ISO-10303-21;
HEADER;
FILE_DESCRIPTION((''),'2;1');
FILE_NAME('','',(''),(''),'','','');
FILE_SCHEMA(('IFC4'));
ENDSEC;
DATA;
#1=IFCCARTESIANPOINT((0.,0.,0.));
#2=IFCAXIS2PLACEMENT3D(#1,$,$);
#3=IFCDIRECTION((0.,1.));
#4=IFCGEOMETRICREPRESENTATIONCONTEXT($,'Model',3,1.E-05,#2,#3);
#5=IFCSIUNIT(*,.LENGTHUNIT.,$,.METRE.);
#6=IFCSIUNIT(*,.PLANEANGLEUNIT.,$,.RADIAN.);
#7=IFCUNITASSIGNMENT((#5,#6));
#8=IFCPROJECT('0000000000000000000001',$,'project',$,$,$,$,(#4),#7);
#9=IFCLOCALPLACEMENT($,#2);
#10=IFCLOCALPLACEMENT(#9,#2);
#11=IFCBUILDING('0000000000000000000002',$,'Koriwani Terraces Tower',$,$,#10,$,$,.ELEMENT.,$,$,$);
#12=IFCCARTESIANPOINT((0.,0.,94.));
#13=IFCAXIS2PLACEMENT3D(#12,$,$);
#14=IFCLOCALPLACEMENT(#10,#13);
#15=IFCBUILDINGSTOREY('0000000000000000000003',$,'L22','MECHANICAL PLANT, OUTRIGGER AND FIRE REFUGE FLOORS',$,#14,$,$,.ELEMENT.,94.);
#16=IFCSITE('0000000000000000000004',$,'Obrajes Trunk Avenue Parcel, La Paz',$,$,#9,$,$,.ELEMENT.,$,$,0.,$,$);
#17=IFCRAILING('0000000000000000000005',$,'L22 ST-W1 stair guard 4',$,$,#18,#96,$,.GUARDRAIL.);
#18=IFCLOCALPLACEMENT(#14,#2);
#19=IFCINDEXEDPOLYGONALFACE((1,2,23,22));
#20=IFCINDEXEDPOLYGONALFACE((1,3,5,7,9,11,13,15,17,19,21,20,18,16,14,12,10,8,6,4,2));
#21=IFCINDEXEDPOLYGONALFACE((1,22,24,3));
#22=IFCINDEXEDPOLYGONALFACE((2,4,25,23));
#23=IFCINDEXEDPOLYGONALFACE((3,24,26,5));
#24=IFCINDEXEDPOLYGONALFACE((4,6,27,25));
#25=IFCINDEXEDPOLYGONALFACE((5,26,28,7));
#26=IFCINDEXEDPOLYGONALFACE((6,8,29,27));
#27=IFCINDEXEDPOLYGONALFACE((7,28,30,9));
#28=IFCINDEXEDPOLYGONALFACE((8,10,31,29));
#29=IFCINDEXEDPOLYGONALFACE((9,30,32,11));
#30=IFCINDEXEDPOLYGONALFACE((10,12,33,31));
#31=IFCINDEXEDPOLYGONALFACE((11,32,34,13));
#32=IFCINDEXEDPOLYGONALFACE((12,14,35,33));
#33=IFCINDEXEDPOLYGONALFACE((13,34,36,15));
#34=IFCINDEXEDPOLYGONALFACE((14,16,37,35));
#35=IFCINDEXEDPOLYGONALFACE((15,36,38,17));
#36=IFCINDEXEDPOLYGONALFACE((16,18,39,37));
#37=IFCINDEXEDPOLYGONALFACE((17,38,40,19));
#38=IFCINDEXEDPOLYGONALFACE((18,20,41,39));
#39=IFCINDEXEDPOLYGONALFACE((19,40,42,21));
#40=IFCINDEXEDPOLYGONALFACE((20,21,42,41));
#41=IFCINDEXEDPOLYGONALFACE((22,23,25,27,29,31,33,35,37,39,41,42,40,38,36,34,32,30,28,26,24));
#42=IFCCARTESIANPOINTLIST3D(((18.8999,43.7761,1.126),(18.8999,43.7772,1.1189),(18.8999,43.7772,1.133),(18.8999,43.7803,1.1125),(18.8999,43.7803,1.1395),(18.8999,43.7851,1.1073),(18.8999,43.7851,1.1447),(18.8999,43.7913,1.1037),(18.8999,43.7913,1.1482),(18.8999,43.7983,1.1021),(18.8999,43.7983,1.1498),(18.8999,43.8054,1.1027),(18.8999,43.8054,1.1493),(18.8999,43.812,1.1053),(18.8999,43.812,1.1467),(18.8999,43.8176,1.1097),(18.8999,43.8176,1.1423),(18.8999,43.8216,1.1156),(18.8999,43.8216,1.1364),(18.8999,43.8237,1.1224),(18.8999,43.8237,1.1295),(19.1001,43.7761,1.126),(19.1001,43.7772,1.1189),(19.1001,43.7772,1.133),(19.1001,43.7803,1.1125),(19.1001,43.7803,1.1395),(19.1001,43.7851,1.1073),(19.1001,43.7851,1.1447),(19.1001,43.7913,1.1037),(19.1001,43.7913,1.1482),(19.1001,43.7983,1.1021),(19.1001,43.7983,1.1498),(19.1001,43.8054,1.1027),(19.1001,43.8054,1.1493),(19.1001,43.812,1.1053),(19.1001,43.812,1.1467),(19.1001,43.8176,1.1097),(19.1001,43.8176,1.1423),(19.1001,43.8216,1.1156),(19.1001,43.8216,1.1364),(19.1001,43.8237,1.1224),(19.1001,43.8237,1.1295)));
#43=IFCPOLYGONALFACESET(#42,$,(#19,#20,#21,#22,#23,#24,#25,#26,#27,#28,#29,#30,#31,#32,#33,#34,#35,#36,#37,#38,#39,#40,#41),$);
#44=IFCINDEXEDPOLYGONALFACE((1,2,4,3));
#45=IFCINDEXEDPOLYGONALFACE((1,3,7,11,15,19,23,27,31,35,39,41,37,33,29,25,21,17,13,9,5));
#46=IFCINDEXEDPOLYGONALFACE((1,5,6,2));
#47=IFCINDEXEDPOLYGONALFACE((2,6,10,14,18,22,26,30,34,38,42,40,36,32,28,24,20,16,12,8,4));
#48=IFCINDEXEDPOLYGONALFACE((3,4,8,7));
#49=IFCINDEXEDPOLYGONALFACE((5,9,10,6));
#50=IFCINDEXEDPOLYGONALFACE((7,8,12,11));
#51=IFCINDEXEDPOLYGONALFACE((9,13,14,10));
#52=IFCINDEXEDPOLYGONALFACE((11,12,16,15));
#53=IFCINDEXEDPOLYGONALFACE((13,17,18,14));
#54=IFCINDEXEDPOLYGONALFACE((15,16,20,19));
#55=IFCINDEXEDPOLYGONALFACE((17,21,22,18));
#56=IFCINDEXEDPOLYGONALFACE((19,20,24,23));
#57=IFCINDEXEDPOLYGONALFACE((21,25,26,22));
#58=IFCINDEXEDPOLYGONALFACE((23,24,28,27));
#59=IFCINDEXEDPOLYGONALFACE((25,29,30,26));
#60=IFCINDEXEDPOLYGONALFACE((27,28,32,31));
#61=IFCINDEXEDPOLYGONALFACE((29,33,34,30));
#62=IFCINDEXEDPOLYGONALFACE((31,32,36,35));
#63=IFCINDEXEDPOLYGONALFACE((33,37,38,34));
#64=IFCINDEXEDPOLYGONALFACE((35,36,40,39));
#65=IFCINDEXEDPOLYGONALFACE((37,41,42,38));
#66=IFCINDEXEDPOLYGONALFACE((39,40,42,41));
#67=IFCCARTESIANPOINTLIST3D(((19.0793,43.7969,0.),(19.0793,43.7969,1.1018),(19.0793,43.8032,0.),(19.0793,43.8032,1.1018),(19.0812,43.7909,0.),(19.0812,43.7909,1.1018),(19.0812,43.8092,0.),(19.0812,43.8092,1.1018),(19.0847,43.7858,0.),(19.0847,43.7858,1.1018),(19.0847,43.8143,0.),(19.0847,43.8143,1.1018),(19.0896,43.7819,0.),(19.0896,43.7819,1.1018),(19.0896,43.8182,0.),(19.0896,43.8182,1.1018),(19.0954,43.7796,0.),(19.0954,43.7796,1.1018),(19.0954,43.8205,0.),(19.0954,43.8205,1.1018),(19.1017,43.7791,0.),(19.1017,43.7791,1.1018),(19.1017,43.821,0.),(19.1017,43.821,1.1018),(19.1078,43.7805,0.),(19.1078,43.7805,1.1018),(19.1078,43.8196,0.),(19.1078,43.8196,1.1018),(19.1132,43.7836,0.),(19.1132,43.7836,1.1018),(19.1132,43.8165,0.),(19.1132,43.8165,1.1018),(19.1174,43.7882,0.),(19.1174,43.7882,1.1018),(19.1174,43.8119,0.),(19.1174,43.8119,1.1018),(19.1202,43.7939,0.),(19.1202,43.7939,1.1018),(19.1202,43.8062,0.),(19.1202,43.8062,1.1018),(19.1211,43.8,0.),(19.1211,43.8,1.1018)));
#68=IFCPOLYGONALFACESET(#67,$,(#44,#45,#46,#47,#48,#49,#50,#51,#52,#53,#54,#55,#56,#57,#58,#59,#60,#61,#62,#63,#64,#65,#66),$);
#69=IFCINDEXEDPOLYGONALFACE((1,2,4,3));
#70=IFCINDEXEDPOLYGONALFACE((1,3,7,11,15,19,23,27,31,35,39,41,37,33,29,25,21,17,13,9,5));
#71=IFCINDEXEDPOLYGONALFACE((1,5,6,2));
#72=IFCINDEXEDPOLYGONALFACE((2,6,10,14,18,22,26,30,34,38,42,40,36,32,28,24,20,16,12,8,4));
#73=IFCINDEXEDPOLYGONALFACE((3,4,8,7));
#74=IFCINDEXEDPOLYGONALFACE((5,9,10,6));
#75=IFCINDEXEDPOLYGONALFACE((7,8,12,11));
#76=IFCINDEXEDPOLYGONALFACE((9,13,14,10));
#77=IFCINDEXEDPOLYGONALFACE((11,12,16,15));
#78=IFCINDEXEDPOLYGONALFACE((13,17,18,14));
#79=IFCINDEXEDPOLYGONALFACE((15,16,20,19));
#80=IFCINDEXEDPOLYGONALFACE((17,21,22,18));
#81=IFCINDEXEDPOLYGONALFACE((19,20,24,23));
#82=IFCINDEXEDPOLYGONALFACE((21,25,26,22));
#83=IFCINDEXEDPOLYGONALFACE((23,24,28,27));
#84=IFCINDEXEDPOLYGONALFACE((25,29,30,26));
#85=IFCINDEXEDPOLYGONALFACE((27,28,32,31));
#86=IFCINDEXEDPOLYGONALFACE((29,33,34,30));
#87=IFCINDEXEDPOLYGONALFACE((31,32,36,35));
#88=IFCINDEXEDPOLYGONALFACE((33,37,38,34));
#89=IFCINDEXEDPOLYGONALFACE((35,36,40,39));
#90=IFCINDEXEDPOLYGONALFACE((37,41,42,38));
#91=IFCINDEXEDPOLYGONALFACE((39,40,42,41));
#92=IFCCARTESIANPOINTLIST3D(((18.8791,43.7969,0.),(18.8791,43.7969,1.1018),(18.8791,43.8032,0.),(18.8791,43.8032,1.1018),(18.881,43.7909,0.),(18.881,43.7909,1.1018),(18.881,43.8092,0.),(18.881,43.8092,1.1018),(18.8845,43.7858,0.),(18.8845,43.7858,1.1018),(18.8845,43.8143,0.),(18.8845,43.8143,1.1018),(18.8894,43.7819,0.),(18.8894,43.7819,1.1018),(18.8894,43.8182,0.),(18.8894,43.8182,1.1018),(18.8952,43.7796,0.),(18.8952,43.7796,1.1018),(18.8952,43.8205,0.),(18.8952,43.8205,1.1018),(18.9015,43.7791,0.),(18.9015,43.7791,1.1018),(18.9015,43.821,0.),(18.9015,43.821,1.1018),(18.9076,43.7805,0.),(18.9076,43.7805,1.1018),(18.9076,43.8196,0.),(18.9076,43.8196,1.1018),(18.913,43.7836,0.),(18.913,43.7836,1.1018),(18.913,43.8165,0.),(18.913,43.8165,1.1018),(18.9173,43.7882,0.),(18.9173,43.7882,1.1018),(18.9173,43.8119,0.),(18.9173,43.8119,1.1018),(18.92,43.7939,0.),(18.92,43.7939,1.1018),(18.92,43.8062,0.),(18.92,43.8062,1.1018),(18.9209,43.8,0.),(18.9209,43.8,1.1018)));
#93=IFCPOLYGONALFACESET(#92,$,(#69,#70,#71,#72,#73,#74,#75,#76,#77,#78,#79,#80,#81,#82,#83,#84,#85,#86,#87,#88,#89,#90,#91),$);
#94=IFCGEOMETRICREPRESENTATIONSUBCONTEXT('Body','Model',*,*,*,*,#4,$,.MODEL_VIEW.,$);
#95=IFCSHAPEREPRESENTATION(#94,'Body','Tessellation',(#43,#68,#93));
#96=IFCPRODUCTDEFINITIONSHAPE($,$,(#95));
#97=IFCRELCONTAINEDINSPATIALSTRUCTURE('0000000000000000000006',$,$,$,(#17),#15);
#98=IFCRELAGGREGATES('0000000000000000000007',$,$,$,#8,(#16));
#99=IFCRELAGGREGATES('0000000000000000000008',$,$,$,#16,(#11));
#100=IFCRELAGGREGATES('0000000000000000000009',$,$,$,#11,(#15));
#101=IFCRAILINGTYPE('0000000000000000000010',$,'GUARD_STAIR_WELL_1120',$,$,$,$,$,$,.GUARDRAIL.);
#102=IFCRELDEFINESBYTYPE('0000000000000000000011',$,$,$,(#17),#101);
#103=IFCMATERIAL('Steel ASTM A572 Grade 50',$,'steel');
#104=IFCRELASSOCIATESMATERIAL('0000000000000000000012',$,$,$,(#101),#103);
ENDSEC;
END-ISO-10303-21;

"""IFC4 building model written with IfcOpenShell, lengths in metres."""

from ifc_helpers import new_model, si_unit, direction, frame, origin, origin_2d, place, context, subcontext, project, spatial, circle, extrude, material, type_object, element, save


model = new_model("IFC4")

# Units and contexts
model_context = context("Model", 3, precision=1e-05, world=origin(), true_north=direction((0.0, 1.0)))
body_context = subcontext(model_context, "Body", "Model", "MODEL_VIEW")
ifc_project = project(units=[si_unit("LENGTHUNIT", "METRE"), si_unit("PLANEANGLEUNIT", "RADIAN")], contexts=[model_context])

# Site, building, storey
site_placement = place(None, origin())
site = spatial("IfcSite", under=ifc_project, at=site_placement, Name="Obrajes Trunk Avenue Parcel, La Paz", CompositionType="ELEMENT", RefElevation=0.0)
building_placement = place(site_placement, origin())
building = spatial("IfcBuilding", under=site, at=building_placement, Name="Koriwani Terraces Tower", CompositionType="ELEMENT")
storey_placement = place(building_placement, frame((0.0, 0.0, 94.0)))
storey = spatial("IfcBuildingStorey", under=building, at=storey_placement, Name="L22", Description="MECHANICAL PLANT, OUTRIGGER AND FIRE REFUGE FLOORS", CompositionType="ELEMENT", Elevation=94.0)

# Shared definitions
ifc_material_1 = material(Name="Steel ASTM A572 Grade 50", Category="steel")

# Railing
railing_type_1 = type_object("IfcRailingType", Name="GUARD_STAIR_WELL_1120", PredefinedType="GUARDRAIL", material=ifc_material_1)
railing_1_placement = place(storey_placement, frame((19.1001, 43.8, 0.0)))
element("IfcRailing", 1, at=railing_1_placement, inside=storey, type_object=railing_type_1, Name="L22 ST-W1 stair guard 4", PredefinedType="GUARDRAIL", context=body_context, shape_type="SweptSolid", body=[
    extrude(circle(Radius=0.0239, at=origin_2d()), frame((0.0, 0.0, 1.126), z_axis=(-1.0, 0.0, 0.0), x_axis=(0.0, -1.0, 0.0)), (0.0, 0.0, 1.0), 0.2002),
    extrude(circle(Radius=0.021, at=origin_2d()), origin(), (0.0, 0.0, 1.0), 1.1018),
    extrude(circle(Radius=0.021, at=origin_2d()), frame((-0.2002, 0.0, 0.0)), (0.0, 0.0, 1.0), 1.1018),
])

save(model, "model.ifc")
